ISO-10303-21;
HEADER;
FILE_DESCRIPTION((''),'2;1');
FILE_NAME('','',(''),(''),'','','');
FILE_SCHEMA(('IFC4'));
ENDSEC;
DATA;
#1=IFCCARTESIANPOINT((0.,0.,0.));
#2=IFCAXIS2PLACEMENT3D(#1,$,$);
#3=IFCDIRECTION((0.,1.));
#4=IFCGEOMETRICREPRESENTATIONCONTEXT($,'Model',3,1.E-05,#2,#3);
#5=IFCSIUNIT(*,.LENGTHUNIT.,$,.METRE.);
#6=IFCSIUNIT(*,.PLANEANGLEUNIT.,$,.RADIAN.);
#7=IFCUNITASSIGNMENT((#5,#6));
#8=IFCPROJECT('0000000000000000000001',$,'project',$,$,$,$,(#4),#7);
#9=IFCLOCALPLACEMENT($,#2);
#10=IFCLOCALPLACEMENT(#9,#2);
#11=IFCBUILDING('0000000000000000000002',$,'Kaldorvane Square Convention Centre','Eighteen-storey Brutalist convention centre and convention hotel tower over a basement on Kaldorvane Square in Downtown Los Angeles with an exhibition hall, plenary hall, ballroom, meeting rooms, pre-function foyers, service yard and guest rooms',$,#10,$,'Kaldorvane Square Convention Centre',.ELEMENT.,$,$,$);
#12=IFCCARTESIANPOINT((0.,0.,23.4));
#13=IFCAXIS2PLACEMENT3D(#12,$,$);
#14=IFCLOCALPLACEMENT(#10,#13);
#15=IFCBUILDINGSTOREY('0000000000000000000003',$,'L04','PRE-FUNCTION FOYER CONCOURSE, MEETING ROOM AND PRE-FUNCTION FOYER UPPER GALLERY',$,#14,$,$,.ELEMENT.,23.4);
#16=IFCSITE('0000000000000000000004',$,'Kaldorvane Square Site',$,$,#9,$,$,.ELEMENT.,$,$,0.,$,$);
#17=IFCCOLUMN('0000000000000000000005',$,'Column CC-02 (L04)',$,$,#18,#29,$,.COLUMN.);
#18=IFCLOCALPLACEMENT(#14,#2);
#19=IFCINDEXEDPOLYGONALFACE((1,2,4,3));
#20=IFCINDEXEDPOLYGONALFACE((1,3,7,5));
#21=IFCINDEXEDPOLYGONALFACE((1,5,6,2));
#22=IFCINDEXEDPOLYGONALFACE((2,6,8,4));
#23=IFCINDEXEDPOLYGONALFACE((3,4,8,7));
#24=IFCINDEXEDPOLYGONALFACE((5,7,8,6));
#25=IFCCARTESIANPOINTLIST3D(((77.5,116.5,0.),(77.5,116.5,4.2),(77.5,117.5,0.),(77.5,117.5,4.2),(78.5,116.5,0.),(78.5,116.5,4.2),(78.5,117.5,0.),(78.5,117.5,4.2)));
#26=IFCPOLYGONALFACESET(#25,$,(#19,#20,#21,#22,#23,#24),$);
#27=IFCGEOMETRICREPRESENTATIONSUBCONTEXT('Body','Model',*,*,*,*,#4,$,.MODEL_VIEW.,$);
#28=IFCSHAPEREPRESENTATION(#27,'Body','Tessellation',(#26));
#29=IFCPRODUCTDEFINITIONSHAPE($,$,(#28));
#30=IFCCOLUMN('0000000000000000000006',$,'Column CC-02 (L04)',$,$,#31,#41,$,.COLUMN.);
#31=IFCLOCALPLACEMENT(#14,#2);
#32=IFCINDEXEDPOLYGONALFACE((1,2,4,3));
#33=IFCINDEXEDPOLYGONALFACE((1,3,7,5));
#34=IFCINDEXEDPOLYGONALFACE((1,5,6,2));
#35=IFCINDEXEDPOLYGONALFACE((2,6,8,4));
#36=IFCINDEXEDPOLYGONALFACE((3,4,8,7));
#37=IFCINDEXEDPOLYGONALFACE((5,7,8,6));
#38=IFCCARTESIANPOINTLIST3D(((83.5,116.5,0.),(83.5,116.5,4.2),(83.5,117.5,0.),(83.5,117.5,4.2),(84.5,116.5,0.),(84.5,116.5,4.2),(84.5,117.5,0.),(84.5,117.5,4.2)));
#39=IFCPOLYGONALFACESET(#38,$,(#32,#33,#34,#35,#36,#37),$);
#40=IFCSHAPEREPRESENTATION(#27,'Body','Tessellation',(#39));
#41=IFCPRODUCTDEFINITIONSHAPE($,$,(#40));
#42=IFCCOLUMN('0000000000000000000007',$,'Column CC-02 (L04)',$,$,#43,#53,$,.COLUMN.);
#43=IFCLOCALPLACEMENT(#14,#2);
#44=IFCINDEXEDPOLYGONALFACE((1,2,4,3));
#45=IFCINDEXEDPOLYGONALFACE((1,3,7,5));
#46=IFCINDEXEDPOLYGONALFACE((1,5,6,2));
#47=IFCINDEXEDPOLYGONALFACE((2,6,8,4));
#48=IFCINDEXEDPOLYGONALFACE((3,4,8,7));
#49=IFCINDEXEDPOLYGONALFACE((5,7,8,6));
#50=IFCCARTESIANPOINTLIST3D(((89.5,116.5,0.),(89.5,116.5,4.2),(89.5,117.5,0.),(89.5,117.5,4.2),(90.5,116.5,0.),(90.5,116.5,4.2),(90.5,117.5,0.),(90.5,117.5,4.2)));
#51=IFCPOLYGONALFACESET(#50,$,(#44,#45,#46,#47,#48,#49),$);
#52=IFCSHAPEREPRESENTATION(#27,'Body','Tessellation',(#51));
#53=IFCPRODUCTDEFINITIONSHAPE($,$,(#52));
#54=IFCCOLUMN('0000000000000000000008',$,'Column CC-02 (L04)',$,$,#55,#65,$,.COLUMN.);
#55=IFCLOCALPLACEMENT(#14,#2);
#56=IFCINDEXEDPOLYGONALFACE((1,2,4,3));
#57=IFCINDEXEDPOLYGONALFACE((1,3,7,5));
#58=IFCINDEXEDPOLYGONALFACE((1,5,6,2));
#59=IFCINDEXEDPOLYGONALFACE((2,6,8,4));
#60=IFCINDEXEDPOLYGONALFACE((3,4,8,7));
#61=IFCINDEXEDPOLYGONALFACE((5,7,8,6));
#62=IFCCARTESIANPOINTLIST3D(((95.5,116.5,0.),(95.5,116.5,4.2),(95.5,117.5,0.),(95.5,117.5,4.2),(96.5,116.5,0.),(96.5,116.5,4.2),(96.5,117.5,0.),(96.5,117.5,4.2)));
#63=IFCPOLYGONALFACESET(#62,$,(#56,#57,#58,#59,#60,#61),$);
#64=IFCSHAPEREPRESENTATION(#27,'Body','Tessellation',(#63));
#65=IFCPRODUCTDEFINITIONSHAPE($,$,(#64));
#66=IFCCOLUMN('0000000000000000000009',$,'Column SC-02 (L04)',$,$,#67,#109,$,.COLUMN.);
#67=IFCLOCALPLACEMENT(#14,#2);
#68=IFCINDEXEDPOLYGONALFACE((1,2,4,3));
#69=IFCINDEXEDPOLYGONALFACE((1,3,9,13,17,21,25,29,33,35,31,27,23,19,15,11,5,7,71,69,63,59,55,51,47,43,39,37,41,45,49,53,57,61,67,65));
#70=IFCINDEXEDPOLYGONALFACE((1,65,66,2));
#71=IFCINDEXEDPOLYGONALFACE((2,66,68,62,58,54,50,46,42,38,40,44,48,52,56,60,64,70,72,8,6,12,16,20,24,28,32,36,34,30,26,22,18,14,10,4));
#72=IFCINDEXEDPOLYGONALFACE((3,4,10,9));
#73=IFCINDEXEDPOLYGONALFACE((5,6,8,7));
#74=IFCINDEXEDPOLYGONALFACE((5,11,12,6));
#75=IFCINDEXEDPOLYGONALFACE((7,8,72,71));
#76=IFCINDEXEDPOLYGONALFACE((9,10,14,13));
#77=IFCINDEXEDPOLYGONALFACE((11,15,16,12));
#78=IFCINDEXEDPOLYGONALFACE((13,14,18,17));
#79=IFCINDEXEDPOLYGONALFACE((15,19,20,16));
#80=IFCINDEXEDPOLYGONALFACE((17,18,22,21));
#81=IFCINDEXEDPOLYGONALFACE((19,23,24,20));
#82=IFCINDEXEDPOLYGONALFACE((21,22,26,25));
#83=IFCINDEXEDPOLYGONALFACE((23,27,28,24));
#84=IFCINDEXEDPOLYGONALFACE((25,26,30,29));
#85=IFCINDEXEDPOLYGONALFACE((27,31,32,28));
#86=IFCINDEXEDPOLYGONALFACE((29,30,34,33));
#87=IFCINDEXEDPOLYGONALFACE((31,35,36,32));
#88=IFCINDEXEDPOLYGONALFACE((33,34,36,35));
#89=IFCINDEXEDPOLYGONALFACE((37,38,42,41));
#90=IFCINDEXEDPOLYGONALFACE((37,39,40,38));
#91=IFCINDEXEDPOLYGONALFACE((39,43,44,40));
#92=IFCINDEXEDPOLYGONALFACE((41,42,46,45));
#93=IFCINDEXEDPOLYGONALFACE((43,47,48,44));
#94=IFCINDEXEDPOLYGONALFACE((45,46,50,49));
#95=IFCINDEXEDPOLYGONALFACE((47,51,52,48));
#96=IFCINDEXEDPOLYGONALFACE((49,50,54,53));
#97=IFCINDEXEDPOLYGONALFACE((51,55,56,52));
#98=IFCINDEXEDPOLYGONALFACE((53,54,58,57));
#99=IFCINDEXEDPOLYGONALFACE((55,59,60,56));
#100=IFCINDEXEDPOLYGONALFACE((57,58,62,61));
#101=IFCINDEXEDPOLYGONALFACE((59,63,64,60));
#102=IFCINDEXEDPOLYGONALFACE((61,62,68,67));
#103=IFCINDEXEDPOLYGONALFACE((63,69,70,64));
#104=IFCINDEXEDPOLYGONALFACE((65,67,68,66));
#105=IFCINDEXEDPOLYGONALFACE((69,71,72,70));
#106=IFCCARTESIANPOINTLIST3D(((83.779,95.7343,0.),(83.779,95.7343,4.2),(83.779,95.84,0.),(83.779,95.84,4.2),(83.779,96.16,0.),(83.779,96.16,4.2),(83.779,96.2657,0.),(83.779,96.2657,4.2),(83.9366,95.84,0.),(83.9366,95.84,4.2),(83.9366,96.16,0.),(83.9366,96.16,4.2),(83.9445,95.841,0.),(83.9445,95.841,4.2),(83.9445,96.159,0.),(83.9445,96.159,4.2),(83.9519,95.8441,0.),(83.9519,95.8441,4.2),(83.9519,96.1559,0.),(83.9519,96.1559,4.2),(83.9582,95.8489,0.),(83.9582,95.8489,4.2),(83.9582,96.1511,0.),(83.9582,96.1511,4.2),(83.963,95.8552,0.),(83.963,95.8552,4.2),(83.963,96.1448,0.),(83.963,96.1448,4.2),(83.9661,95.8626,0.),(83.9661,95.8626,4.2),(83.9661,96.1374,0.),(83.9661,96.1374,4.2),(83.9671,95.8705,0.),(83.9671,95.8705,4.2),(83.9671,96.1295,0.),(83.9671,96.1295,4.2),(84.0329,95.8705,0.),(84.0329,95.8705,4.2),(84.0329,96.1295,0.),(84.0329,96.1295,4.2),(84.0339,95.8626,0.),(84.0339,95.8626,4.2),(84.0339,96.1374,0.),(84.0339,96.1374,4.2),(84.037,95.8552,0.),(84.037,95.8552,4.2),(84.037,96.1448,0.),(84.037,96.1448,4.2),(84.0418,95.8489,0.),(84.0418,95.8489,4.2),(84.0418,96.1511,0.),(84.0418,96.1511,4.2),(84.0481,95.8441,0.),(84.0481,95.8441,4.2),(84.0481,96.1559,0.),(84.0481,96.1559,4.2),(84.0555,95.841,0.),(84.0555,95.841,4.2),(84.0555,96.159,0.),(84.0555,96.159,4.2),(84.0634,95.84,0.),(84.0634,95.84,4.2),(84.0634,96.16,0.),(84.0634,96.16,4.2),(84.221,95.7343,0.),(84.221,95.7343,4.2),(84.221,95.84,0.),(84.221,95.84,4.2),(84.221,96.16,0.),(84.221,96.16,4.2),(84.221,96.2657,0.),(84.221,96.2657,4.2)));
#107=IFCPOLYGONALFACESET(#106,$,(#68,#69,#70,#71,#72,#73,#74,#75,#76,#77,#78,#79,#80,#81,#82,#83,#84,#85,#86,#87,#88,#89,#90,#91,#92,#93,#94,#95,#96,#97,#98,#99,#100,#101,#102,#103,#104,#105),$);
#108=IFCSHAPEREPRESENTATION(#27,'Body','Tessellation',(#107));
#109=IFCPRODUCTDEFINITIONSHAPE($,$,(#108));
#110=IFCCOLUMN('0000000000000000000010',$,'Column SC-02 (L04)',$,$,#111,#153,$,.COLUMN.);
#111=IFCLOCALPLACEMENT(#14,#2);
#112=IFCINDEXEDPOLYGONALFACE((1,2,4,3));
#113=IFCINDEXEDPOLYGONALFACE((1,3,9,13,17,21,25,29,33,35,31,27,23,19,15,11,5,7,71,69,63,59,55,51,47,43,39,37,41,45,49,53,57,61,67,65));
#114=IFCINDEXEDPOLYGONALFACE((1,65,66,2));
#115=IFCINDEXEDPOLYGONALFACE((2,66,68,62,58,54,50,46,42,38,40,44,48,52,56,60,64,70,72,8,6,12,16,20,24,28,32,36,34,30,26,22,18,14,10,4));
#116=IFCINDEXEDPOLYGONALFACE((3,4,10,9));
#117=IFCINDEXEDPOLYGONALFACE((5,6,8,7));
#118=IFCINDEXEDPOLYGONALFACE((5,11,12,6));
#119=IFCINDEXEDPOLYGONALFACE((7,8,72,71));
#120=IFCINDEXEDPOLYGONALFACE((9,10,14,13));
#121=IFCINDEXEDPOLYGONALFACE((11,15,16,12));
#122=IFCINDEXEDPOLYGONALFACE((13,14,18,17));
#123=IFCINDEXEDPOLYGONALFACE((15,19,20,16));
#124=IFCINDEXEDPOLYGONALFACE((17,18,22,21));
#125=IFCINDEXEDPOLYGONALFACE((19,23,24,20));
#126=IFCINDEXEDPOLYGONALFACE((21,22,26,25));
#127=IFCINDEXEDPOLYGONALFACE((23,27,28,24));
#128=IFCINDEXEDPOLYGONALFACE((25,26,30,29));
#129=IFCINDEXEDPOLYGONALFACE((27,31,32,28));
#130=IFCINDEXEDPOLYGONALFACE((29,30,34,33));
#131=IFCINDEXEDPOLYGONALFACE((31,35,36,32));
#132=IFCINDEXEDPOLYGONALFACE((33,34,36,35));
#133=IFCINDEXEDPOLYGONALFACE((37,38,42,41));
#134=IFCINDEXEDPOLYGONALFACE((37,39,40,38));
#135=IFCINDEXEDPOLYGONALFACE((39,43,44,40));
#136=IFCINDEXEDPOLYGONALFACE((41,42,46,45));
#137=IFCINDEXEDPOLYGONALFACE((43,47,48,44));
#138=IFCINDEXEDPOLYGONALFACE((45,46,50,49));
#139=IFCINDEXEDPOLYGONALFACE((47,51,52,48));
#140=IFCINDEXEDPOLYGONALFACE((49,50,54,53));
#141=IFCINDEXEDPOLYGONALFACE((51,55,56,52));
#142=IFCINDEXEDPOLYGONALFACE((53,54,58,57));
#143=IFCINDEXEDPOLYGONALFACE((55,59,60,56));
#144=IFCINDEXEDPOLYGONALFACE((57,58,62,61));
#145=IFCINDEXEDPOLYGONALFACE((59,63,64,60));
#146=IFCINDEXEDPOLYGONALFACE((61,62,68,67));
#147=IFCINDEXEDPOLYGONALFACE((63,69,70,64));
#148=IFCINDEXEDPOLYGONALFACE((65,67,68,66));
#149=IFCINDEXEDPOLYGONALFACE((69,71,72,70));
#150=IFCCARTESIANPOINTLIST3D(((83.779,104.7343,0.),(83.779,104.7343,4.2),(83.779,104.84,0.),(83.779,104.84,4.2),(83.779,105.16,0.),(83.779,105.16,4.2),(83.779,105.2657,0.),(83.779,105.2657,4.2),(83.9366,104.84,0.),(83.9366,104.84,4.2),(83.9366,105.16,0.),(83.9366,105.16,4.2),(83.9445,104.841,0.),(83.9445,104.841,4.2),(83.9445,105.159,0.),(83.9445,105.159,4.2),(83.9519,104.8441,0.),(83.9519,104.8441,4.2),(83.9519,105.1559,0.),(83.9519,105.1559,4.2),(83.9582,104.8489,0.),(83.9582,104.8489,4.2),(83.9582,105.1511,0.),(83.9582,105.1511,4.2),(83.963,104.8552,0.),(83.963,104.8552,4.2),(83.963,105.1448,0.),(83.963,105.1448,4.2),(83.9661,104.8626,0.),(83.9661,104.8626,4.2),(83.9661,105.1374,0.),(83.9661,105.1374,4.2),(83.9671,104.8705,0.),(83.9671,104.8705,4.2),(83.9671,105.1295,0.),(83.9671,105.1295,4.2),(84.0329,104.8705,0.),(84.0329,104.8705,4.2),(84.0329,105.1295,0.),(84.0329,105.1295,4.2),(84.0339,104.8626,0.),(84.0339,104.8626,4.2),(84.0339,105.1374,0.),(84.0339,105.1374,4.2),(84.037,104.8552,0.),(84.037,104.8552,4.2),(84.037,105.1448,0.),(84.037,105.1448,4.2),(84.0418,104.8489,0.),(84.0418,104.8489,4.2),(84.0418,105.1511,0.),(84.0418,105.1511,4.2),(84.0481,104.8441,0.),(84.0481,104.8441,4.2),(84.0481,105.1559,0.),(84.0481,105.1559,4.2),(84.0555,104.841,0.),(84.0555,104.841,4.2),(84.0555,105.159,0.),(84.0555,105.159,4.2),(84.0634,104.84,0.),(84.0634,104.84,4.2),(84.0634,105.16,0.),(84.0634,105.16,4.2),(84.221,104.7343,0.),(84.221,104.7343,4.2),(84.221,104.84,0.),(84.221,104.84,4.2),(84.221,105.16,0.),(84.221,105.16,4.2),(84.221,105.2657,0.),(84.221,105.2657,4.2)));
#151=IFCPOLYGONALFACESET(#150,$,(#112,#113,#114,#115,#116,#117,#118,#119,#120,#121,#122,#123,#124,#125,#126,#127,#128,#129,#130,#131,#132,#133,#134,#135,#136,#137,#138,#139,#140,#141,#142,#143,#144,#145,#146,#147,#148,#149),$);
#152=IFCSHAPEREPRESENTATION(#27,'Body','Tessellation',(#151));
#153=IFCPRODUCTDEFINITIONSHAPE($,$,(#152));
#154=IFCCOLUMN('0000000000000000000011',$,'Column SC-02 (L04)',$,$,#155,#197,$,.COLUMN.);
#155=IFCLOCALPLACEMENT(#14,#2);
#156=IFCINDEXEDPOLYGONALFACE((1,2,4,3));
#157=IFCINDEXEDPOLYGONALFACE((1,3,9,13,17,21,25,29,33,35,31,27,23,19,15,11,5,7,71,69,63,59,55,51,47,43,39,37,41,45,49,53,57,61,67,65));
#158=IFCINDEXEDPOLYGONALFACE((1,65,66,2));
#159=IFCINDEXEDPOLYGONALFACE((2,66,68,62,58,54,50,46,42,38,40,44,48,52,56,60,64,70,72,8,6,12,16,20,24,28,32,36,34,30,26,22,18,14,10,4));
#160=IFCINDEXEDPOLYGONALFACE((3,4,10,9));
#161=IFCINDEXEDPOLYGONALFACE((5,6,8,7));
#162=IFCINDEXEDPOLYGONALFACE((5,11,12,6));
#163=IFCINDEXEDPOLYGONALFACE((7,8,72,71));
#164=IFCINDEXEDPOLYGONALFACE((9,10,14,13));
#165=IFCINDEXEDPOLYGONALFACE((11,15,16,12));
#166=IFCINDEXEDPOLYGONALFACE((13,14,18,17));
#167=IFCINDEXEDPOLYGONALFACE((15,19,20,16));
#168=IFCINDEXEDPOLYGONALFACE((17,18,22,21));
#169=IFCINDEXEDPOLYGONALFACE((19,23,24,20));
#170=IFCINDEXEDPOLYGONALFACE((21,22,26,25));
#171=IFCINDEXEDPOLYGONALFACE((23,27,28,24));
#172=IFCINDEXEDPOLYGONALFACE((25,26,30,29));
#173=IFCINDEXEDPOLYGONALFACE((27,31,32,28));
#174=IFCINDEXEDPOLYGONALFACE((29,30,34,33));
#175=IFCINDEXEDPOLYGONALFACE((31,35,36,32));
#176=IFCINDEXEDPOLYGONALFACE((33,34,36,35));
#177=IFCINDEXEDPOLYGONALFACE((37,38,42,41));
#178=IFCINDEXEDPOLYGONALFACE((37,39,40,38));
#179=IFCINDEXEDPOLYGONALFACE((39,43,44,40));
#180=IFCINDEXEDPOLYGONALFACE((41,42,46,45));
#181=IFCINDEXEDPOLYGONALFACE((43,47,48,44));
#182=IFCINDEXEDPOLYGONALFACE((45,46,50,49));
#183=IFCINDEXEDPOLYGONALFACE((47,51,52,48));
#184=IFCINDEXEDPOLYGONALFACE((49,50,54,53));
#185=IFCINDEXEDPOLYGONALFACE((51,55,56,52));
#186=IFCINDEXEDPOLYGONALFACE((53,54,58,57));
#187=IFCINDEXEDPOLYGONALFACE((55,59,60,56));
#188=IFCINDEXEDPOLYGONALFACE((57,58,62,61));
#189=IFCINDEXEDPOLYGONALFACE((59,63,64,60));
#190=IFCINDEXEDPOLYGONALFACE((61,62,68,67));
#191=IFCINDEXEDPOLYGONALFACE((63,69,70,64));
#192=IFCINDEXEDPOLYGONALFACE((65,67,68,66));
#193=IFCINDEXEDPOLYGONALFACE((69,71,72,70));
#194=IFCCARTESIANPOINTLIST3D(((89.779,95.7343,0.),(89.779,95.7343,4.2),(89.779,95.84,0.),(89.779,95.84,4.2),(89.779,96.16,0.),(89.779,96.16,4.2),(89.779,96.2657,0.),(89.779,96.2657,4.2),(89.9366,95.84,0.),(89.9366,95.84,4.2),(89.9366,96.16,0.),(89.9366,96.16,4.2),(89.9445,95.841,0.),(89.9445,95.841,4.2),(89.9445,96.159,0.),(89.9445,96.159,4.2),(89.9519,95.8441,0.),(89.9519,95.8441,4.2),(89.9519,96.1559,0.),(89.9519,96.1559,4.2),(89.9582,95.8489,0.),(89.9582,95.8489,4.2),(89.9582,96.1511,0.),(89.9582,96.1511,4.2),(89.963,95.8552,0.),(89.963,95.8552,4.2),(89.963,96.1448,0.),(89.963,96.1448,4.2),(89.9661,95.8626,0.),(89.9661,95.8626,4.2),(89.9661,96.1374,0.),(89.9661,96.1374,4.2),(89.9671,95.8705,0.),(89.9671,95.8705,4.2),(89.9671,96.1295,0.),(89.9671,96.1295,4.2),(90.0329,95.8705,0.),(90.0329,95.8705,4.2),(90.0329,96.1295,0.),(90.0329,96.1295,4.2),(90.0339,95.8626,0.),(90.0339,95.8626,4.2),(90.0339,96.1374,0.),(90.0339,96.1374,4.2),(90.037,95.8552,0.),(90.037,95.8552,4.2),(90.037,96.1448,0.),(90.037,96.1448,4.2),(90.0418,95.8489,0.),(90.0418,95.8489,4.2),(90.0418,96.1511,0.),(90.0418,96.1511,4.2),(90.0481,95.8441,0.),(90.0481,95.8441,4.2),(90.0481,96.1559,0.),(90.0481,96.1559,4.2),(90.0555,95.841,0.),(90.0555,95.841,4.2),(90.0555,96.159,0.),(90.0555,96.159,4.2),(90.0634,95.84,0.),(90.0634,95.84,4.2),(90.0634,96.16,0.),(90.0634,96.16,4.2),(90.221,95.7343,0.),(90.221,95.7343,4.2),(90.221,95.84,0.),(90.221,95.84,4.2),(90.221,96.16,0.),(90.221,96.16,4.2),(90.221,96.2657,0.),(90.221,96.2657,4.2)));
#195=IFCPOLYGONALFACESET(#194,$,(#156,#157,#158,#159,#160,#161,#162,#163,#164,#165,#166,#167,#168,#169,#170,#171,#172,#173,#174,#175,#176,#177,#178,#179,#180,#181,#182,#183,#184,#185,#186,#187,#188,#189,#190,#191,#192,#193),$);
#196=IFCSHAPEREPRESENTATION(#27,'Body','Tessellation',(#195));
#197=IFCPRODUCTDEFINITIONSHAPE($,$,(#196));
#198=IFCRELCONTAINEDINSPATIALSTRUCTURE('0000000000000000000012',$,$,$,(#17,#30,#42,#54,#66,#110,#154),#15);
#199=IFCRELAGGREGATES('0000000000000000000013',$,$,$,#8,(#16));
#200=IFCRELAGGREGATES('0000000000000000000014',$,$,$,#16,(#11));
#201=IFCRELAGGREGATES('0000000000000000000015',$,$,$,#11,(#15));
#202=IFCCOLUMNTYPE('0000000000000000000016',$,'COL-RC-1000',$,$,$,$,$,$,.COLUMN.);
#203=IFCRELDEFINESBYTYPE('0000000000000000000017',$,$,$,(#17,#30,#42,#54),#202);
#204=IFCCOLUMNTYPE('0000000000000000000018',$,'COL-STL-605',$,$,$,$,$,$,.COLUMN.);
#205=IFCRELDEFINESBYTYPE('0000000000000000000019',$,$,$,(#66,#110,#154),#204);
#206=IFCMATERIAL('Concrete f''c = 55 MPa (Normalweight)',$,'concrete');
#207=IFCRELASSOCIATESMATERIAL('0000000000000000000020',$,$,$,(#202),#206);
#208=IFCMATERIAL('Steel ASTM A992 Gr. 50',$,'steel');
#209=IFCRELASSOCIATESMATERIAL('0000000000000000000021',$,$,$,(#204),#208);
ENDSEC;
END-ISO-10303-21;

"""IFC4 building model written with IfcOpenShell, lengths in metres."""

from ifc_helpers import new_model, si_unit, direction, frame, origin, origin_2d, place, context, subcontext, project, spatial, rectangle, i_section, extrude, material, material_profile, profile_set, type_object, element, save


model = new_model("IFC4")

# Units and contexts
model_context = context("Model", 3, precision=1e-05, world=origin(), true_north=direction((0.0, 1.0)))
body_context = subcontext(model_context, "Body", "Model", "MODEL_VIEW")
ifc_project = project(units=[si_unit("LENGTHUNIT", "METRE"), si_unit("PLANEANGLEUNIT", "RADIAN")], contexts=[model_context])

# Site, building, storey
site_placement = place(None, origin())
site = spatial("IfcSite", under=ifc_project, at=site_placement, Name="Kaldorvane Square Site", CompositionType="ELEMENT", RefElevation=0.0)
building_placement = place(site_placement, origin())
building = spatial("IfcBuilding", under=site, at=building_placement, Name="Kaldorvane Square Convention Centre", Description="Eighteen-storey Brutalist convention centre and convention hotel tower over a basement on Kaldorvane Square in Downtown Los Angeles with an exhibition hall, plenary hall, ballroom, meeting rooms, pre-function foyers, service yard and guest rooms", LongName="Kaldorvane Square Convention Centre", CompositionType="ELEMENT")
storey_placement = place(building_placement, frame((0.0, 0.0, 23.4)))
storey = spatial("IfcBuildingStorey", under=building, at=storey_placement, Name="L04", Description="PRE-FUNCTION FOYER CONCOURSE, MEETING ROOM AND PRE-FUNCTION FOYER UPPER GALLERY", CompositionType="ELEMENT", Elevation=23.4)

# Columns
ifc_material_1 = material(Name="Concrete f'c = 55 MPa (Normalweight)", Category="concrete")
ifc_material_profile_1 = material_profile(ifc_material_1, rectangle(XDim=1.0, YDim=1.0, at=origin_2d()), Name="RC1000X1000")
ifc_profile_set_1 = profile_set([ifc_material_profile_1], Name="Concrete f'c = 55 MPa (Normalweight)")
column_type_1 = type_object("IfcColumnType", Name="COL-RC-1000", PredefinedType="COLUMN", material=ifc_profile_set_1)
for number, where, z_axis, x_axis, name in (
    (1, (78.0, 117.0, 0.0), (0.0, 0.0, 1.0), (1.0, 0.0, 0.0), "Column CC-02 (L04)"),
    (2, (84.0, 117.0, 0.0), (0.0, 0.0, 1.0), (1.0, 0.0, 0.0), "Column CC-02 (L04)"),
    (3, (90.0, 117.0, 0.0), (0.0, 0.0, 1.0), (1.0, 0.0, 0.0), "Column CC-02 (L04)"),
    (4, (96.0, 117.0, 0.0), (0.0, 0.0, 1.0), (1.0, 0.0, 0.0), "Column CC-02 (L04)"),
):
    element("IfcColumn", number, at=place(storey_placement, frame(where, z_axis=z_axis, x_axis=x_axis)), inside=storey, type_object=column_type_1, Name=name, PredefinedType="COLUMN", context=body_context, shape_type="SweptSolid", body=[
        extrude(rectangle(XDim=1.0, YDim=1.0, at=origin_2d()), origin(), (0.0, 0.0, 1.0), 4.2),
    ])
ifc_material_2 = material(Name="Steel ASTM A992 Gr. 50", Category="steel")
ifc_material_profile_2 = material_profile(ifc_material_2, i_section(OverallWidth=0.442, OverallDepth=0.5314, WebThickness=0.0658, FlangeThickness=0.1057, FilletRadius=0.0305, at=origin_2d()), Name="W14X605")
ifc_profile_set_2 = profile_set([ifc_material_profile_2], Name="Steel ASTM A992 Gr. 50")
column_type_2 = type_object("IfcColumnType", Name="COL-STL-605", PredefinedType="COLUMN", material=ifc_profile_set_2)
for number, where, z_axis, x_axis, name in (
    (5, (84.0, 96.0, 0.0), (0.0, 0.0, 1.0), (1.0, 0.0, 0.0), "Column SC-02 (L04)"),
    (6, (84.0, 105.0, 0.0), (0.0, 0.0, 1.0), (1.0, 0.0, 0.0), "Column SC-02 (L04)"),
    (7, (90.0, 96.0, 0.0), (0.0, 0.0, 1.0), (1.0, 0.0, 0.0), "Column SC-02 (L04)"),
):
    element("IfcColumn", number, at=place(storey_placement, frame(where, z_axis=z_axis, x_axis=x_axis)), inside=storey, type_object=column_type_2, Name=name, PredefinedType="COLUMN", context=body_context, shape_type="SweptSolid", body=[
        extrude(i_section(OverallWidth=0.442, OverallDepth=0.5314, WebThickness=0.0658, FlangeThickness=0.1057, FilletRadius=0.0305, at=origin_2d()), origin(), (0.0, 0.0, 1.0), 4.2),
    ])

save(model, "model.ifc")
